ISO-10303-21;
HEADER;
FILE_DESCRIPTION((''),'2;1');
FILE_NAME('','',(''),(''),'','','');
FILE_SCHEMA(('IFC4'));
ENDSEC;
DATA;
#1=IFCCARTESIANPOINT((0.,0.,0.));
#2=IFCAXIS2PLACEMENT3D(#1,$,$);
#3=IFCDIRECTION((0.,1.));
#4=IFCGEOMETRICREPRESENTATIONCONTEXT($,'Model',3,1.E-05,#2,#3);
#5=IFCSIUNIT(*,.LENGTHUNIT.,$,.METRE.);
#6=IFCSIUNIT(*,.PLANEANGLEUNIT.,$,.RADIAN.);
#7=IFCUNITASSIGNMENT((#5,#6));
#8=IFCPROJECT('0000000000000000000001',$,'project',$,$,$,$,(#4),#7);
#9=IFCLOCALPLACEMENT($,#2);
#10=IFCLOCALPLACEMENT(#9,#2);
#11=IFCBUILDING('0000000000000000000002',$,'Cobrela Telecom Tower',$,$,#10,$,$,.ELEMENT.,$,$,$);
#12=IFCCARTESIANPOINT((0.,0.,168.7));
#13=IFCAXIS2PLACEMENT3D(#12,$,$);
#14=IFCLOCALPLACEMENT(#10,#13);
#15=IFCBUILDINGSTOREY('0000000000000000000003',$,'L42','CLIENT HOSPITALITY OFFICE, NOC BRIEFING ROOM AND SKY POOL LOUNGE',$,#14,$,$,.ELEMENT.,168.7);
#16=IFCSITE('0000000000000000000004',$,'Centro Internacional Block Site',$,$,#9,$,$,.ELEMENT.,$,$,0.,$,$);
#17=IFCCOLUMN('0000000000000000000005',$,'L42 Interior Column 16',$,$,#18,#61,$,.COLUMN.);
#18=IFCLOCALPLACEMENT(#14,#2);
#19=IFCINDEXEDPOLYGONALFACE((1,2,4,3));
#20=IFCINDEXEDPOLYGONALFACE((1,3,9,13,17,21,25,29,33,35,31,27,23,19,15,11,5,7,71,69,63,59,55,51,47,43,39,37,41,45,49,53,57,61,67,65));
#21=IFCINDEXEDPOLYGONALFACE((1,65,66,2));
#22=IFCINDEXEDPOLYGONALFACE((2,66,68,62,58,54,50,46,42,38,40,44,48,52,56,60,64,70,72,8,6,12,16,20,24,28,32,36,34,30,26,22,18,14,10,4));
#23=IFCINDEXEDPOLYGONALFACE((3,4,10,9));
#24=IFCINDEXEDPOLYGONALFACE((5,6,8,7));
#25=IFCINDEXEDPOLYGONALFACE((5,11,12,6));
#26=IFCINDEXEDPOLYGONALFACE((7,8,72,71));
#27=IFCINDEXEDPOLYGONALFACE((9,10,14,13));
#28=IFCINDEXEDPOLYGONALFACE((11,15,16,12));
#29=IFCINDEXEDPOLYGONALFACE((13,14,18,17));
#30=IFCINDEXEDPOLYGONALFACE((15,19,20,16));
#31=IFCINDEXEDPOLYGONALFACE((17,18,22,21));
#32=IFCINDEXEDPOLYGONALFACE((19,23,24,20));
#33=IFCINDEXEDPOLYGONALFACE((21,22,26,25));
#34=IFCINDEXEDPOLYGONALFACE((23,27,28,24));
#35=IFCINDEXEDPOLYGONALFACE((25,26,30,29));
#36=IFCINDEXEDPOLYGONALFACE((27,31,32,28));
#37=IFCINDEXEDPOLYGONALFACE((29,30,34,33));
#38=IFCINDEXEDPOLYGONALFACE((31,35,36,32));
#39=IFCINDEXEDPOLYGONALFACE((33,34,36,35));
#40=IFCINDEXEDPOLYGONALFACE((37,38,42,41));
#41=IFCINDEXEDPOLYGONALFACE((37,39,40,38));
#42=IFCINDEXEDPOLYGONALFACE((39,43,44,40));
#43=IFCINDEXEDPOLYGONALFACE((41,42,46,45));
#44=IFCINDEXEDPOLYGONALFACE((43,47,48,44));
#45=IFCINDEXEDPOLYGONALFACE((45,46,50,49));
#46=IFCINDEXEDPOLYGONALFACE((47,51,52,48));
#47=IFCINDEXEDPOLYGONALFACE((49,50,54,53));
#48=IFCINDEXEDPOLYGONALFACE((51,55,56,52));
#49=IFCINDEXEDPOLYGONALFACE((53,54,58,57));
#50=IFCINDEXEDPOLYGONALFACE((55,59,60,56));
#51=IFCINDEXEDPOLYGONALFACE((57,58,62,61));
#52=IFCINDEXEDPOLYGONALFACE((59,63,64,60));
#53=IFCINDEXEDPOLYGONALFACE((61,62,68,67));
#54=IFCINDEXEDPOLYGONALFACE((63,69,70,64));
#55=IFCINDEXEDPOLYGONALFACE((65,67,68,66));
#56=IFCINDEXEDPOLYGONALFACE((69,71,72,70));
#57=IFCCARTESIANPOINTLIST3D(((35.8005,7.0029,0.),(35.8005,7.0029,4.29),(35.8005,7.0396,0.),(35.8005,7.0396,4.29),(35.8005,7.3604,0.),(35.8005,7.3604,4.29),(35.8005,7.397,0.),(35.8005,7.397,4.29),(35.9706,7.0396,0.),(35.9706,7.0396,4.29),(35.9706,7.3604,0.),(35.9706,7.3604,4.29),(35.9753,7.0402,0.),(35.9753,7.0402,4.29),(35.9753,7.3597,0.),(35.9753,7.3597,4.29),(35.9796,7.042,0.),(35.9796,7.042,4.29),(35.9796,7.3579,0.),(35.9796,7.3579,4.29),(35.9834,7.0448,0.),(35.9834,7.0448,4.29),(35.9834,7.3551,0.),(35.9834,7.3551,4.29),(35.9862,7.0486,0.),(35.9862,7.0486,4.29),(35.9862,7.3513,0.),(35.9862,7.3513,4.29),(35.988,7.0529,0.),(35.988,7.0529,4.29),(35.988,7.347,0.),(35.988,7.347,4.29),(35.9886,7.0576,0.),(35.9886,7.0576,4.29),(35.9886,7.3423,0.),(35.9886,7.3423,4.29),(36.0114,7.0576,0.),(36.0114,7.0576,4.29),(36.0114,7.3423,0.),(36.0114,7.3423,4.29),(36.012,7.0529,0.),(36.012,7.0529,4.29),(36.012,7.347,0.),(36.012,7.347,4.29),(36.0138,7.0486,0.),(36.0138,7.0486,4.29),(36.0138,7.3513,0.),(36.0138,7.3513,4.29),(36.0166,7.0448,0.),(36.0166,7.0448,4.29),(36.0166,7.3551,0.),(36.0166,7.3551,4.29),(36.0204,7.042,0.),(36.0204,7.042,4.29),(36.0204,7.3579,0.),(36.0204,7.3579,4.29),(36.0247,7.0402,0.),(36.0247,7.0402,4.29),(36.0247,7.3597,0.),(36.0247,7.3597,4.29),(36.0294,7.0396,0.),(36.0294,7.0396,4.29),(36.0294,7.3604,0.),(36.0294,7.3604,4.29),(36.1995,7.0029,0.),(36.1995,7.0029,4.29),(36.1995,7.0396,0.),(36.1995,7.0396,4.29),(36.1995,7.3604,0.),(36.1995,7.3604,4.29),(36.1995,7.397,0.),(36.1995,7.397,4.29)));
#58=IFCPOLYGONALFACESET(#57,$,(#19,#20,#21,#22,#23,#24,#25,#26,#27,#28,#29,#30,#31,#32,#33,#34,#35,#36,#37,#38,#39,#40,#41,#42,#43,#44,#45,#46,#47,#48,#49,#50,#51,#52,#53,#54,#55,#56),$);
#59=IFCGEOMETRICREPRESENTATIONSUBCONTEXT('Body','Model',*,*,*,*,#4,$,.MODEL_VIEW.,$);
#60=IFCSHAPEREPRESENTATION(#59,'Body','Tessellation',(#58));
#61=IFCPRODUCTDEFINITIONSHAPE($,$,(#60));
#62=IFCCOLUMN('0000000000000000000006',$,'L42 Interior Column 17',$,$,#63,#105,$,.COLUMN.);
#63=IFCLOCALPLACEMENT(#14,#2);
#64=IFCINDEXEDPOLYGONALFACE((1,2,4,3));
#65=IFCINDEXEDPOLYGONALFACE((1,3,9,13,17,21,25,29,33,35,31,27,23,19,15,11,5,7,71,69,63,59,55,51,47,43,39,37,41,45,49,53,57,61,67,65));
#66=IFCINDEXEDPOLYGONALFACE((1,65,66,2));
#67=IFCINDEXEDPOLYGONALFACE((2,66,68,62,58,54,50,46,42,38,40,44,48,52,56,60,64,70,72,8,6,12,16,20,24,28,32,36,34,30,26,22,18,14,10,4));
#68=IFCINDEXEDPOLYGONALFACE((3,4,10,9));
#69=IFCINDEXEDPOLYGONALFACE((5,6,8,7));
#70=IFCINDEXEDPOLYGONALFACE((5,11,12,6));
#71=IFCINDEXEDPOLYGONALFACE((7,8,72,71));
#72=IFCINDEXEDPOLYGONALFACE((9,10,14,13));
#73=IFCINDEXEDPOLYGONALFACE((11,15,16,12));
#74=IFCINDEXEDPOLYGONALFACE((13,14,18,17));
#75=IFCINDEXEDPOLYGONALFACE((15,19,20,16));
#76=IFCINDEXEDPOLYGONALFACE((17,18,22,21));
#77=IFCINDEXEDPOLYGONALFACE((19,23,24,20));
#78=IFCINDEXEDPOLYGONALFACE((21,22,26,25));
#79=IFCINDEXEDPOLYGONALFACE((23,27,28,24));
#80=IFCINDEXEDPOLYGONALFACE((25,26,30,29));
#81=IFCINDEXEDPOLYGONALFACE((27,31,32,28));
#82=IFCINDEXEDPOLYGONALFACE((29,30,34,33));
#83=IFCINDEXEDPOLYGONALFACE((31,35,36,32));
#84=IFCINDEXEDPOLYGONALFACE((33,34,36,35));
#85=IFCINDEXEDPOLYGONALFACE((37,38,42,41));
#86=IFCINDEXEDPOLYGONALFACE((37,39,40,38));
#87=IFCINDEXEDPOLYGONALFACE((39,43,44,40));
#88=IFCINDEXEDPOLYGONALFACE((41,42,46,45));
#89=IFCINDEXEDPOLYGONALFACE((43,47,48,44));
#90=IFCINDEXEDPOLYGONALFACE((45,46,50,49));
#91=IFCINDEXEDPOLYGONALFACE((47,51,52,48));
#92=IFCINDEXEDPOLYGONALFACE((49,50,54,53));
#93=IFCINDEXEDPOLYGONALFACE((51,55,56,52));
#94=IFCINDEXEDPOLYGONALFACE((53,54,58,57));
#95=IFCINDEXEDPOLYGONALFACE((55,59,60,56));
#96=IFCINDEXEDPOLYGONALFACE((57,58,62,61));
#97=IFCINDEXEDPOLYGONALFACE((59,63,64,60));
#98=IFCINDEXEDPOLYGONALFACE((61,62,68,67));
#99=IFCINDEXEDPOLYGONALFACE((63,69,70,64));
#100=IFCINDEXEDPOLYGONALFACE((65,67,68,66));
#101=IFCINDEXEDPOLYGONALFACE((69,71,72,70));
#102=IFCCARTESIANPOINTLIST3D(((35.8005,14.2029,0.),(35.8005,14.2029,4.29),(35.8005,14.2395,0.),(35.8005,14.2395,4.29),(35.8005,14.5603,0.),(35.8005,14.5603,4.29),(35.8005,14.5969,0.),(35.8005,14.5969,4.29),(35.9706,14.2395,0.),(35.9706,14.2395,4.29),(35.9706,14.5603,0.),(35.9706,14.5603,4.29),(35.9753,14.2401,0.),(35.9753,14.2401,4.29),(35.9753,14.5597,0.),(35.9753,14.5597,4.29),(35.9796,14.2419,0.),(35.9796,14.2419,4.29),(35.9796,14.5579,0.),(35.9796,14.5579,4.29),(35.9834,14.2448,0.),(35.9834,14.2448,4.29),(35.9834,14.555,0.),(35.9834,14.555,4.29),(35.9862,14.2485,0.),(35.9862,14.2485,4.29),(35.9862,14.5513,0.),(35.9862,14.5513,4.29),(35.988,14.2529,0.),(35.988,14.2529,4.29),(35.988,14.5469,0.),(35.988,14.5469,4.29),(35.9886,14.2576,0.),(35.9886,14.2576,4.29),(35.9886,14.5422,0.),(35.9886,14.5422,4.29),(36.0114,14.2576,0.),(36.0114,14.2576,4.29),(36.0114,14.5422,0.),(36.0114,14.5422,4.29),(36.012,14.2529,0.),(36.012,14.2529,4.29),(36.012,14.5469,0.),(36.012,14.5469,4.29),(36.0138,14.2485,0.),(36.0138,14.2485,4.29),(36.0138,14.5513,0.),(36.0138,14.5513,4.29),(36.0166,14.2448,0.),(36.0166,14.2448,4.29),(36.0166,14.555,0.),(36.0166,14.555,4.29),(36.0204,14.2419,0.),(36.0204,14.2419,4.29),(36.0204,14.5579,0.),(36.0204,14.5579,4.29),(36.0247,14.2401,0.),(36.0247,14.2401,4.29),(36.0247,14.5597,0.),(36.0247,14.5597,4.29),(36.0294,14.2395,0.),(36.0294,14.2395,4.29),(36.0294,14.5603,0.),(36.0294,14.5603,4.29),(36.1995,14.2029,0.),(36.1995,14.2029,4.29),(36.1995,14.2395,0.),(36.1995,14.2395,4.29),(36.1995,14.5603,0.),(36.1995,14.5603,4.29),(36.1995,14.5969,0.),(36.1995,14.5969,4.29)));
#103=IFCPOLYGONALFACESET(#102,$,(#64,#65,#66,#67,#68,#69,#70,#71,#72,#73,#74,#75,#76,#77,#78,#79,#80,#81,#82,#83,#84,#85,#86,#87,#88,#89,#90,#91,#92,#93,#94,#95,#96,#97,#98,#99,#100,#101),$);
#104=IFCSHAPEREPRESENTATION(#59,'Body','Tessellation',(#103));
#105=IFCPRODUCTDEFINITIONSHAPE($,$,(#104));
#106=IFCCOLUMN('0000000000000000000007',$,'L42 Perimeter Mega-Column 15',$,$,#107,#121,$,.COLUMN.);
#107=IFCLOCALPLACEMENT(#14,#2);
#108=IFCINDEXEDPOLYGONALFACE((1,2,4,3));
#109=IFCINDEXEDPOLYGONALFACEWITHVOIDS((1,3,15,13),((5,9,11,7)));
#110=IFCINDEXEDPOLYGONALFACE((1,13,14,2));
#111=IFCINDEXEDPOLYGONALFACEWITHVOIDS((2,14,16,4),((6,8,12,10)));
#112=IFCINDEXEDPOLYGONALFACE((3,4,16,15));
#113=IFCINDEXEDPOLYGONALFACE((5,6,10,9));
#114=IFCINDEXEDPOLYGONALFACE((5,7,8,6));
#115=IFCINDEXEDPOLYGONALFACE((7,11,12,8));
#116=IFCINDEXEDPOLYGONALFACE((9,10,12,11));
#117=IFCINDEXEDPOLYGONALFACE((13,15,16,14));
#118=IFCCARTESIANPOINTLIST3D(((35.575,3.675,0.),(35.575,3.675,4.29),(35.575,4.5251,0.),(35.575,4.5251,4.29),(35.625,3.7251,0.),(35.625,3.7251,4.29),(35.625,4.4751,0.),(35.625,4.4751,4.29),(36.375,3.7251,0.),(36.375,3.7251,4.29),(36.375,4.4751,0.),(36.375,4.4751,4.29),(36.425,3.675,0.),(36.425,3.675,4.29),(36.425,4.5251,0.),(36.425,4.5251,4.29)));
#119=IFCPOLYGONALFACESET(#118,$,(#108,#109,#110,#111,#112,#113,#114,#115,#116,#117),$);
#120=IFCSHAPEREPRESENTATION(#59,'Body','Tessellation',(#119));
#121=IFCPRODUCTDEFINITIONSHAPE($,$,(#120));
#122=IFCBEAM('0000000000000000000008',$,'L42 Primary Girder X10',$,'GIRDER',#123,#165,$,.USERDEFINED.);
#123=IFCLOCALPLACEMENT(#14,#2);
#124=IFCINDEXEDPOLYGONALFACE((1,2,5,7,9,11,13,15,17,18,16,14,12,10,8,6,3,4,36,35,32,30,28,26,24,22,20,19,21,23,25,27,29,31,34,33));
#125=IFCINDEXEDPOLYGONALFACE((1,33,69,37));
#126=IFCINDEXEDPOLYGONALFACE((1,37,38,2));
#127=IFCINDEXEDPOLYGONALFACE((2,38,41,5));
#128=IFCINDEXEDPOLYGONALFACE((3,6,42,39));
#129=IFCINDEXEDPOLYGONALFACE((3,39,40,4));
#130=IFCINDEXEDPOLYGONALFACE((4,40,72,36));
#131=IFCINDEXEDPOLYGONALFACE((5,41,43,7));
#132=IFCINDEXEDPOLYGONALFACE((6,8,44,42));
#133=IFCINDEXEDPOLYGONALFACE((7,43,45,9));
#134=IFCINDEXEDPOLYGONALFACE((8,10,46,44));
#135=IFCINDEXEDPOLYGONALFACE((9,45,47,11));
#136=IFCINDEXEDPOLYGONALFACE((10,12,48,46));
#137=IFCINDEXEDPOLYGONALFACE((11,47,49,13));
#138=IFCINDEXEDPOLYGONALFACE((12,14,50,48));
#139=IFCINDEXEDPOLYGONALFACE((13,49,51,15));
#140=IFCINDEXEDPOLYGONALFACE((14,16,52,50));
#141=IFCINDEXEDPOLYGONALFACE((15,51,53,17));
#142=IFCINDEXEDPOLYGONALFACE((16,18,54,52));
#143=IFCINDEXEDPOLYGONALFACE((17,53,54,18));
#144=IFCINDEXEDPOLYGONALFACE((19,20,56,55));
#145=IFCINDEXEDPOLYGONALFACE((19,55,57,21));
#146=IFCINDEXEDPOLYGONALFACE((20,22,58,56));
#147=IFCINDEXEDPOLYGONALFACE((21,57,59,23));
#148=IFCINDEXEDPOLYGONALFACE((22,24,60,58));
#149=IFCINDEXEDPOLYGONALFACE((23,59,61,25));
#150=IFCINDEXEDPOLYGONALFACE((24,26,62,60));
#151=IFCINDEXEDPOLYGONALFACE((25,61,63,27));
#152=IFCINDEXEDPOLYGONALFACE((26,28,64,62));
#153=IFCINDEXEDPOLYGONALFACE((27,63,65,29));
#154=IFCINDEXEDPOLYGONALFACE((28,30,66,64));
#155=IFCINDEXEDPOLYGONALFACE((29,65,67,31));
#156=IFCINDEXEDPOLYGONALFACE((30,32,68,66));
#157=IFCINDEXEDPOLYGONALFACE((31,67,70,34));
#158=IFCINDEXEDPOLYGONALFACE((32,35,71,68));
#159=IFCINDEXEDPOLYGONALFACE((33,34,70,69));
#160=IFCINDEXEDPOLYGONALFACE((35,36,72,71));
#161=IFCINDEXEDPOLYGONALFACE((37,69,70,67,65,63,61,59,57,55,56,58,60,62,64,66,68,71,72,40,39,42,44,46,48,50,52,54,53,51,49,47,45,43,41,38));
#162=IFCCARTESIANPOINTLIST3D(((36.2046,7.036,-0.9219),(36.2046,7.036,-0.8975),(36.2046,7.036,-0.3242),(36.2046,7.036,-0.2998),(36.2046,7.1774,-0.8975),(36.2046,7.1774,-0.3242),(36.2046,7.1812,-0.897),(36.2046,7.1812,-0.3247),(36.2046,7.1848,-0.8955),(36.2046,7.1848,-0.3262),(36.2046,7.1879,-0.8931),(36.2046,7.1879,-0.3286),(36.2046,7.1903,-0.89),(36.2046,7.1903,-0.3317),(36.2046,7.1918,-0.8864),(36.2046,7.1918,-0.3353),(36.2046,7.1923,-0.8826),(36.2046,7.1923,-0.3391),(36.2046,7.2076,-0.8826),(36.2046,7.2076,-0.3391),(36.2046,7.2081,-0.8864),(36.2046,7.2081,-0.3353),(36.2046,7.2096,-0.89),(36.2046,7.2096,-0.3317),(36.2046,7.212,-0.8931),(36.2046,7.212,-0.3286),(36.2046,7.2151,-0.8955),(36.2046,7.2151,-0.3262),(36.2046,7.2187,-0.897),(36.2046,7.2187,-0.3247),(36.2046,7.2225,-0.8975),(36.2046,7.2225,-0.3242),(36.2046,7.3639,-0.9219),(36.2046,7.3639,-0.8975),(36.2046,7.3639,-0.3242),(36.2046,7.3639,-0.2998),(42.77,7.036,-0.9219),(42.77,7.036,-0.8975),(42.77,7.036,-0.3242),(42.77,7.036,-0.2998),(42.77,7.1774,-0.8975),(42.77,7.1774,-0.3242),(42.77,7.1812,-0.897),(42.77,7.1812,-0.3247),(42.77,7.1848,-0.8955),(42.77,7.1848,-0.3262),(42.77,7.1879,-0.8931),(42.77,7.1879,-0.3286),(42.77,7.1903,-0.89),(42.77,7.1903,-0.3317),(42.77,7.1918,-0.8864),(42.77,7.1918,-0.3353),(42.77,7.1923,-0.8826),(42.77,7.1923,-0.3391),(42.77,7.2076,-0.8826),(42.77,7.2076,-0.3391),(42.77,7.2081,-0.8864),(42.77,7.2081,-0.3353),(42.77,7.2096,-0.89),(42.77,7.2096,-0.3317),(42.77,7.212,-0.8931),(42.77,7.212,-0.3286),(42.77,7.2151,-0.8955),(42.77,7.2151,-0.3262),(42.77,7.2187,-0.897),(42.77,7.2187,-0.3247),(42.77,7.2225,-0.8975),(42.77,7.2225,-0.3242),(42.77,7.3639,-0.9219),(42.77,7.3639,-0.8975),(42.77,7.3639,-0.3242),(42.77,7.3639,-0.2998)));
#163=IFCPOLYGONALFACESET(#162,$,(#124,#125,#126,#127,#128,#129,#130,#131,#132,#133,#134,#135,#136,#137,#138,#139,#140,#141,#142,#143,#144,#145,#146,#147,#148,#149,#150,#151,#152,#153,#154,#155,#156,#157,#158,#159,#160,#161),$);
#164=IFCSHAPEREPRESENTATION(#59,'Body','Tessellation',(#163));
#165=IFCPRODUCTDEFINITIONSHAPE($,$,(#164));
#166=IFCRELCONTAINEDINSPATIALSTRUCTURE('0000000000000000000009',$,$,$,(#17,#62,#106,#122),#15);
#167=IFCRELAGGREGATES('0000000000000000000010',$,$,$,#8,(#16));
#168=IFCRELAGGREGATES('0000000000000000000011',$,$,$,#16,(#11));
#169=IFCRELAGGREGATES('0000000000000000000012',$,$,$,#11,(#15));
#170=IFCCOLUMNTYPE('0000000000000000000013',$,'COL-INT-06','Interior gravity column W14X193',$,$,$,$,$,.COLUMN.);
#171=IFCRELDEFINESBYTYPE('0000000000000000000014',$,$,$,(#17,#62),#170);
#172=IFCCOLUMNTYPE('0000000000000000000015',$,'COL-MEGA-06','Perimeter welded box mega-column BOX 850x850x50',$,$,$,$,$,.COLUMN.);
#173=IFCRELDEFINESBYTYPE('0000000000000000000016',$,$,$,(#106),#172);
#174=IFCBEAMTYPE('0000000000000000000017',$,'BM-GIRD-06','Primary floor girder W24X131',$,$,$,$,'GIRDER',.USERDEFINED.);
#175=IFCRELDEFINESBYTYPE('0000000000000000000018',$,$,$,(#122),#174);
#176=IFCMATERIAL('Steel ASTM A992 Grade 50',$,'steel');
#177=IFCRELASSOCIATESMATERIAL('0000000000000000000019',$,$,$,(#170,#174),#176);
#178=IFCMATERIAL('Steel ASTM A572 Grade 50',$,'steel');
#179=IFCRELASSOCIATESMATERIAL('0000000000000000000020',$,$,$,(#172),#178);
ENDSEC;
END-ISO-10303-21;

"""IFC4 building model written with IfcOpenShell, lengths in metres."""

from ifc_helpers import new_model, si_unit, direction, frame, origin, origin_2d, place, context, subcontext, project, spatial, hollow_rectangle, i_section, extrude, material, material_profile, profile_set, type_object, element, save


model = new_model("IFC4")

# Units and contexts
model_context = context("Model", 3, precision=1e-05, world=origin(), true_north=direction((0.0, 1.0)))
body_context = subcontext(model_context, "Body", "Model", "MODEL_VIEW")
ifc_project = project(units=[si_unit("LENGTHUNIT", "METRE"), si_unit("PLANEANGLEUNIT", "RADIAN")], contexts=[model_context])

# Site, building, storey
site_placement = place(None, origin())
site = spatial("IfcSite", under=ifc_project, at=site_placement, Name="Centro Internacional Block Site", CompositionType="ELEMENT", RefElevation=0.0)
building_placement = place(site_placement, origin())
building = spatial("IfcBuilding", under=site, at=building_placement, Name="Cobrela Telecom Tower", CompositionType="ELEMENT")
storey_placement = place(building_placement, frame((0.0, 0.0, 168.7)))
storey = spatial("IfcBuildingStorey", under=building, at=storey_placement, Name="L42", Description="CLIENT HOSPITALITY OFFICE, NOC BRIEFING ROOM AND SKY POOL LOUNGE", CompositionType="ELEMENT", Elevation=168.7)

# Columns
ifc_material_1 = material(Name="Steel ASTM A992 Grade 50", Category="steel")
ifc_material_profile_1 = material_profile(ifc_material_1, i_section(OverallWidth=0.3989, OverallDepth=0.394, WebThickness=0.0227, FlangeThickness=0.0366, FilletRadius=0.0181, at=origin_2d()), Name="W14X193")
ifc_profile_set_1 = profile_set([ifc_material_profile_1], Name="Steel ASTM A992 Grade 50")
column_type_1 = type_object("IfcColumnType", Name="COL-INT-06", Description="Interior gravity column W14X193", PredefinedType="COLUMN", material=ifc_profile_set_1)
for number, where, z_axis, x_axis, name in (
    (1, (36.0, 7.2, 0.0), (0.0, 0.0, 1.0), (1.0, 0.0, 0.0), "L42 Interior Column 16"),
    (2, (36.0, 14.3999, 0.0), (0.0, 0.0, 1.0), (1.0, 0.0, 0.0), "L42 Interior Column 17"),
):
    element("IfcColumn", number, at=place(storey_placement, frame(where, z_axis=z_axis, x_axis=x_axis)), inside=storey, type_object=column_type_1, Name=name, PredefinedType="COLUMN", context=body_context, shape_type="SweptSolid", body=[
        extrude(i_section(OverallWidth=0.3989, OverallDepth=0.394, WebThickness=0.0227, FlangeThickness=0.0366, FilletRadius=0.0181, at=origin_2d()), origin(), (0.0, 0.0, 1.0), 4.29),
    ])
ifc_material_2 = material(Name="Steel ASTM A572 Grade 50", Category="steel")
ifc_material_profile_2 = material_profile(ifc_material_2, hollow_rectangle(XDim=0.8501, YDim=0.8501, WallThickness=0.05, at=origin_2d()), Name="BOX 850x850x50")
ifc_profile_set_2 = profile_set([ifc_material_profile_2], Name="Steel ASTM A572 Grade 50")
column_type_2 = type_object("IfcColumnType", Name="COL-MEGA-06", Description="Perimeter welded box mega-column BOX 850x850x50", PredefinedType="COLUMN", material=ifc_profile_set_2)
column_placement = place(storey_placement, frame((36.0, 4.1001, 0.0), z_axis=(0.0, 0.0, 1.0), x_axis=(1.0, 0.0, 0.0)))
element("IfcColumn", 3, at=column_placement, inside=storey, type_object=column_type_2, Name="L42 Perimeter Mega-Column 15", PredefinedType="COLUMN", context=body_context, shape_type="SweptSolid", body=[
    extrude(hollow_rectangle(XDim=0.8501, YDim=0.8501, WallThickness=0.05, at=origin_2d()), origin(), (0.0, 0.0, 1.0), 4.29),
])

# Beam
ifc_material_profile_3 = material_profile(ifc_material_1, i_section(OverallWidth=0.3279, OverallDepth=0.6221, WebThickness=0.0154, FlangeThickness=0.0244, FilletRadius=0.0149, at=origin_2d()), Name="W24X131")
ifc_profile_set_3 = profile_set([ifc_material_profile_3], Name="Steel ASTM A992 Grade 50")
beam_type_1 = type_object("IfcBeamType", Name="BM-GIRD-06", Description="Primary floor girder W24X131", ElementType="GIRDER", PredefinedType="USERDEFINED", material=ifc_profile_set_3)
beam_1_placement = place(storey_placement, frame((36.2046, 7.2, -0.6108), z_axis=(1.0, 0.0, 0.0), x_axis=(0.0, 1.0, 0.0)))
element("IfcBeam", 4, at=beam_1_placement, inside=storey, type_object=beam_type_1, Name="L42 Primary Girder X10", ObjectType="GIRDER", PredefinedType="USERDEFINED", context=body_context, shape_type="SweptSolid", body=[
    extrude(i_section(OverallWidth=0.3279, OverallDepth=0.6221, WebThickness=0.0154, FlangeThickness=0.0244, FilletRadius=0.0149, at=origin_2d()), origin(), (0.0, 0.0, 1.0), 6.5654),
])

save(model, "model.ifc")
